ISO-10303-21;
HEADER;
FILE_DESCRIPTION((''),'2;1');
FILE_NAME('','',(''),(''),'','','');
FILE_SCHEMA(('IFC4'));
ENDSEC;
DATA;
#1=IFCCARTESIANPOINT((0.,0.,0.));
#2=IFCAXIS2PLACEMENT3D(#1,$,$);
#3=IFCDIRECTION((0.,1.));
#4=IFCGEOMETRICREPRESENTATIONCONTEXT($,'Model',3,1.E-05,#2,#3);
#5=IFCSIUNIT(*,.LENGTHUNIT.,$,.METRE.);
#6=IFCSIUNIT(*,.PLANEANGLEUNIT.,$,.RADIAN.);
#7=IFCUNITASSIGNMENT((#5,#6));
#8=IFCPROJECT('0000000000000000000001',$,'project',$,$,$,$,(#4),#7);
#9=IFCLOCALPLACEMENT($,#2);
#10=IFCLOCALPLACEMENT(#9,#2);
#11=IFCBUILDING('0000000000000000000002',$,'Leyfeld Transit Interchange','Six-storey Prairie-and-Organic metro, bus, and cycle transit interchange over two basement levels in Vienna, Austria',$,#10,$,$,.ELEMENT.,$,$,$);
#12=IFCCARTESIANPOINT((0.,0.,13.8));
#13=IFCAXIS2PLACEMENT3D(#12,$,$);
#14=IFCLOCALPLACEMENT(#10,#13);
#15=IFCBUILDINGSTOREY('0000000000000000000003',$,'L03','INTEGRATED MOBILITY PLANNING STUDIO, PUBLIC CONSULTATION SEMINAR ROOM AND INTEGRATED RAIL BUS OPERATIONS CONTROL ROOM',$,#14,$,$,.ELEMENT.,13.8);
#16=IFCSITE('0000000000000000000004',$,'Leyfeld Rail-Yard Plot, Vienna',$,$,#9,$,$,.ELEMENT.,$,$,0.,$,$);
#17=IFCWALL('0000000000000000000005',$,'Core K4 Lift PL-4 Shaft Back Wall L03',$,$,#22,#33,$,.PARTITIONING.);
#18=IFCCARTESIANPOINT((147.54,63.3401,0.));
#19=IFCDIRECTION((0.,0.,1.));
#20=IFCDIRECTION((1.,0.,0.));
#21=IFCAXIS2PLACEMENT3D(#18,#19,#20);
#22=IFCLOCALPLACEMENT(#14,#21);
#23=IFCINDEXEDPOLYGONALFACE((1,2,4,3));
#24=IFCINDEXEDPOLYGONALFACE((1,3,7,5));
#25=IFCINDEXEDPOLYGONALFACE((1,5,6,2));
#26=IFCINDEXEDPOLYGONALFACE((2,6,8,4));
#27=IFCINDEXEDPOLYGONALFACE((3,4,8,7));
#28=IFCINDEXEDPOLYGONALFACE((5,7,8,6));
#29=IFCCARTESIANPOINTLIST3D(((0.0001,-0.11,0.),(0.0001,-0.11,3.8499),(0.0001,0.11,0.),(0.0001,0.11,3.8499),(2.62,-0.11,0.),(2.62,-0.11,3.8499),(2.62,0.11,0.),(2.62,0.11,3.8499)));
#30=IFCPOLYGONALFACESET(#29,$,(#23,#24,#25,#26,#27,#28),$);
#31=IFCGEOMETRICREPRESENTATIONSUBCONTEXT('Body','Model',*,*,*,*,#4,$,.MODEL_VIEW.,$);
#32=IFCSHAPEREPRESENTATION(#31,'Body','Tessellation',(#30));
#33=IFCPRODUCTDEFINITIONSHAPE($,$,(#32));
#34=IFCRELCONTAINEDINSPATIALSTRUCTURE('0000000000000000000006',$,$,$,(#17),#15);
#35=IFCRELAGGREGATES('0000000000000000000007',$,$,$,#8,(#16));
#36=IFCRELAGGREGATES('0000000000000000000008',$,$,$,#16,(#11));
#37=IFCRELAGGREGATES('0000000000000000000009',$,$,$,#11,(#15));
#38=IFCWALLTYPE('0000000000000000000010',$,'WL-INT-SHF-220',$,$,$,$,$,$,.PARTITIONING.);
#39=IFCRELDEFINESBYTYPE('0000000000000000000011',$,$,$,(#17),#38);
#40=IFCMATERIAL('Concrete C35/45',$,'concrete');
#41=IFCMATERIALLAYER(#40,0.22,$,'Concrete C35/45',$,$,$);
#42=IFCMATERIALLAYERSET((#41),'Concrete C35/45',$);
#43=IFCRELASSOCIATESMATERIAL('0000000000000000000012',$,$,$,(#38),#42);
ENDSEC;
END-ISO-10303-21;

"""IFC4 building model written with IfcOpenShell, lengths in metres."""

from ifc_helpers import new_model, si_unit, direction, frame, frame_2d, origin, place, context, subcontext, project, spatial, rectangle, extrude, material, layer, layer_set, type_object, element, save


model = new_model("IFC4")

# Units and contexts
model_context = context("Model", 3, precision=1e-05, world=origin(), true_north=direction((0.0, 1.0)))
body_context = subcontext(model_context, "Body", "Model", "MODEL_VIEW")
ifc_project = project(units=[si_unit("LENGTHUNIT", "METRE"), si_unit("PLANEANGLEUNIT", "RADIAN")], contexts=[model_context])

# Site, building, storey
site_placement = place(None, origin())
site = spatial("IfcSite", under=ifc_project, at=site_placement, Name="Leyfeld Rail-Yard Plot, Vienna", CompositionType="ELEMENT", RefElevation=0.0)
building_placement = place(site_placement, origin())
building = spatial("IfcBuilding", under=site, at=building_placement, Name="Leyfeld Transit Interchange", Description="Six-storey Prairie-and-Organic metro, bus, and cycle transit interchange over two basement levels in Vienna, Austria", CompositionType="ELEMENT")
storey_placement = place(building_placement, frame((0.0, 0.0, 13.8)))
storey = spatial("IfcBuildingStorey", under=building, at=storey_placement, Name="L03", Description="INTEGRATED MOBILITY PLANNING STUDIO, PUBLIC CONSULTATION SEMINAR ROOM AND INTEGRATED RAIL BUS OPERATIONS CONTROL ROOM", CompositionType="ELEMENT", Elevation=13.8)

# Shared definitions
ifc_material_1 = material(Name="Concrete C35/45", Category="concrete")

# Shared definitions
ifc_layer_1 = layer(ifc_material_1, 0.22, Name="Concrete C35/45")
ifc_layer_set_1 = layer_set([ifc_layer_1], Name="Concrete C35/45")
wall_type_1 = type_object("IfcWallType", Name="WL-INT-SHF-220", PredefinedType="PARTITIONING", material=ifc_layer_set_1)

# Wall
wall_1_placement = place(storey_placement, frame((147.54, 63.3401, 0.0), z_axis=(0.0, 0.0, 1.0), x_axis=(1.0, 0.0, 0.0)))
element("IfcWall", 1, at=wall_1_placement, inside=storey, type_object=wall_type_1, Name="Core K4 Lift PL-4 Shaft Back Wall L03", PredefinedType="PARTITIONING", context=body_context, shape_type="SweptSolid", body=[
    extrude(rectangle(XDim=2.6199, YDim=0.22, at=frame_2d((1.3101, 0.0))), origin(), (0.0, 0.0, 1.0), 3.8499),
])

save(model, "model.ifc")
